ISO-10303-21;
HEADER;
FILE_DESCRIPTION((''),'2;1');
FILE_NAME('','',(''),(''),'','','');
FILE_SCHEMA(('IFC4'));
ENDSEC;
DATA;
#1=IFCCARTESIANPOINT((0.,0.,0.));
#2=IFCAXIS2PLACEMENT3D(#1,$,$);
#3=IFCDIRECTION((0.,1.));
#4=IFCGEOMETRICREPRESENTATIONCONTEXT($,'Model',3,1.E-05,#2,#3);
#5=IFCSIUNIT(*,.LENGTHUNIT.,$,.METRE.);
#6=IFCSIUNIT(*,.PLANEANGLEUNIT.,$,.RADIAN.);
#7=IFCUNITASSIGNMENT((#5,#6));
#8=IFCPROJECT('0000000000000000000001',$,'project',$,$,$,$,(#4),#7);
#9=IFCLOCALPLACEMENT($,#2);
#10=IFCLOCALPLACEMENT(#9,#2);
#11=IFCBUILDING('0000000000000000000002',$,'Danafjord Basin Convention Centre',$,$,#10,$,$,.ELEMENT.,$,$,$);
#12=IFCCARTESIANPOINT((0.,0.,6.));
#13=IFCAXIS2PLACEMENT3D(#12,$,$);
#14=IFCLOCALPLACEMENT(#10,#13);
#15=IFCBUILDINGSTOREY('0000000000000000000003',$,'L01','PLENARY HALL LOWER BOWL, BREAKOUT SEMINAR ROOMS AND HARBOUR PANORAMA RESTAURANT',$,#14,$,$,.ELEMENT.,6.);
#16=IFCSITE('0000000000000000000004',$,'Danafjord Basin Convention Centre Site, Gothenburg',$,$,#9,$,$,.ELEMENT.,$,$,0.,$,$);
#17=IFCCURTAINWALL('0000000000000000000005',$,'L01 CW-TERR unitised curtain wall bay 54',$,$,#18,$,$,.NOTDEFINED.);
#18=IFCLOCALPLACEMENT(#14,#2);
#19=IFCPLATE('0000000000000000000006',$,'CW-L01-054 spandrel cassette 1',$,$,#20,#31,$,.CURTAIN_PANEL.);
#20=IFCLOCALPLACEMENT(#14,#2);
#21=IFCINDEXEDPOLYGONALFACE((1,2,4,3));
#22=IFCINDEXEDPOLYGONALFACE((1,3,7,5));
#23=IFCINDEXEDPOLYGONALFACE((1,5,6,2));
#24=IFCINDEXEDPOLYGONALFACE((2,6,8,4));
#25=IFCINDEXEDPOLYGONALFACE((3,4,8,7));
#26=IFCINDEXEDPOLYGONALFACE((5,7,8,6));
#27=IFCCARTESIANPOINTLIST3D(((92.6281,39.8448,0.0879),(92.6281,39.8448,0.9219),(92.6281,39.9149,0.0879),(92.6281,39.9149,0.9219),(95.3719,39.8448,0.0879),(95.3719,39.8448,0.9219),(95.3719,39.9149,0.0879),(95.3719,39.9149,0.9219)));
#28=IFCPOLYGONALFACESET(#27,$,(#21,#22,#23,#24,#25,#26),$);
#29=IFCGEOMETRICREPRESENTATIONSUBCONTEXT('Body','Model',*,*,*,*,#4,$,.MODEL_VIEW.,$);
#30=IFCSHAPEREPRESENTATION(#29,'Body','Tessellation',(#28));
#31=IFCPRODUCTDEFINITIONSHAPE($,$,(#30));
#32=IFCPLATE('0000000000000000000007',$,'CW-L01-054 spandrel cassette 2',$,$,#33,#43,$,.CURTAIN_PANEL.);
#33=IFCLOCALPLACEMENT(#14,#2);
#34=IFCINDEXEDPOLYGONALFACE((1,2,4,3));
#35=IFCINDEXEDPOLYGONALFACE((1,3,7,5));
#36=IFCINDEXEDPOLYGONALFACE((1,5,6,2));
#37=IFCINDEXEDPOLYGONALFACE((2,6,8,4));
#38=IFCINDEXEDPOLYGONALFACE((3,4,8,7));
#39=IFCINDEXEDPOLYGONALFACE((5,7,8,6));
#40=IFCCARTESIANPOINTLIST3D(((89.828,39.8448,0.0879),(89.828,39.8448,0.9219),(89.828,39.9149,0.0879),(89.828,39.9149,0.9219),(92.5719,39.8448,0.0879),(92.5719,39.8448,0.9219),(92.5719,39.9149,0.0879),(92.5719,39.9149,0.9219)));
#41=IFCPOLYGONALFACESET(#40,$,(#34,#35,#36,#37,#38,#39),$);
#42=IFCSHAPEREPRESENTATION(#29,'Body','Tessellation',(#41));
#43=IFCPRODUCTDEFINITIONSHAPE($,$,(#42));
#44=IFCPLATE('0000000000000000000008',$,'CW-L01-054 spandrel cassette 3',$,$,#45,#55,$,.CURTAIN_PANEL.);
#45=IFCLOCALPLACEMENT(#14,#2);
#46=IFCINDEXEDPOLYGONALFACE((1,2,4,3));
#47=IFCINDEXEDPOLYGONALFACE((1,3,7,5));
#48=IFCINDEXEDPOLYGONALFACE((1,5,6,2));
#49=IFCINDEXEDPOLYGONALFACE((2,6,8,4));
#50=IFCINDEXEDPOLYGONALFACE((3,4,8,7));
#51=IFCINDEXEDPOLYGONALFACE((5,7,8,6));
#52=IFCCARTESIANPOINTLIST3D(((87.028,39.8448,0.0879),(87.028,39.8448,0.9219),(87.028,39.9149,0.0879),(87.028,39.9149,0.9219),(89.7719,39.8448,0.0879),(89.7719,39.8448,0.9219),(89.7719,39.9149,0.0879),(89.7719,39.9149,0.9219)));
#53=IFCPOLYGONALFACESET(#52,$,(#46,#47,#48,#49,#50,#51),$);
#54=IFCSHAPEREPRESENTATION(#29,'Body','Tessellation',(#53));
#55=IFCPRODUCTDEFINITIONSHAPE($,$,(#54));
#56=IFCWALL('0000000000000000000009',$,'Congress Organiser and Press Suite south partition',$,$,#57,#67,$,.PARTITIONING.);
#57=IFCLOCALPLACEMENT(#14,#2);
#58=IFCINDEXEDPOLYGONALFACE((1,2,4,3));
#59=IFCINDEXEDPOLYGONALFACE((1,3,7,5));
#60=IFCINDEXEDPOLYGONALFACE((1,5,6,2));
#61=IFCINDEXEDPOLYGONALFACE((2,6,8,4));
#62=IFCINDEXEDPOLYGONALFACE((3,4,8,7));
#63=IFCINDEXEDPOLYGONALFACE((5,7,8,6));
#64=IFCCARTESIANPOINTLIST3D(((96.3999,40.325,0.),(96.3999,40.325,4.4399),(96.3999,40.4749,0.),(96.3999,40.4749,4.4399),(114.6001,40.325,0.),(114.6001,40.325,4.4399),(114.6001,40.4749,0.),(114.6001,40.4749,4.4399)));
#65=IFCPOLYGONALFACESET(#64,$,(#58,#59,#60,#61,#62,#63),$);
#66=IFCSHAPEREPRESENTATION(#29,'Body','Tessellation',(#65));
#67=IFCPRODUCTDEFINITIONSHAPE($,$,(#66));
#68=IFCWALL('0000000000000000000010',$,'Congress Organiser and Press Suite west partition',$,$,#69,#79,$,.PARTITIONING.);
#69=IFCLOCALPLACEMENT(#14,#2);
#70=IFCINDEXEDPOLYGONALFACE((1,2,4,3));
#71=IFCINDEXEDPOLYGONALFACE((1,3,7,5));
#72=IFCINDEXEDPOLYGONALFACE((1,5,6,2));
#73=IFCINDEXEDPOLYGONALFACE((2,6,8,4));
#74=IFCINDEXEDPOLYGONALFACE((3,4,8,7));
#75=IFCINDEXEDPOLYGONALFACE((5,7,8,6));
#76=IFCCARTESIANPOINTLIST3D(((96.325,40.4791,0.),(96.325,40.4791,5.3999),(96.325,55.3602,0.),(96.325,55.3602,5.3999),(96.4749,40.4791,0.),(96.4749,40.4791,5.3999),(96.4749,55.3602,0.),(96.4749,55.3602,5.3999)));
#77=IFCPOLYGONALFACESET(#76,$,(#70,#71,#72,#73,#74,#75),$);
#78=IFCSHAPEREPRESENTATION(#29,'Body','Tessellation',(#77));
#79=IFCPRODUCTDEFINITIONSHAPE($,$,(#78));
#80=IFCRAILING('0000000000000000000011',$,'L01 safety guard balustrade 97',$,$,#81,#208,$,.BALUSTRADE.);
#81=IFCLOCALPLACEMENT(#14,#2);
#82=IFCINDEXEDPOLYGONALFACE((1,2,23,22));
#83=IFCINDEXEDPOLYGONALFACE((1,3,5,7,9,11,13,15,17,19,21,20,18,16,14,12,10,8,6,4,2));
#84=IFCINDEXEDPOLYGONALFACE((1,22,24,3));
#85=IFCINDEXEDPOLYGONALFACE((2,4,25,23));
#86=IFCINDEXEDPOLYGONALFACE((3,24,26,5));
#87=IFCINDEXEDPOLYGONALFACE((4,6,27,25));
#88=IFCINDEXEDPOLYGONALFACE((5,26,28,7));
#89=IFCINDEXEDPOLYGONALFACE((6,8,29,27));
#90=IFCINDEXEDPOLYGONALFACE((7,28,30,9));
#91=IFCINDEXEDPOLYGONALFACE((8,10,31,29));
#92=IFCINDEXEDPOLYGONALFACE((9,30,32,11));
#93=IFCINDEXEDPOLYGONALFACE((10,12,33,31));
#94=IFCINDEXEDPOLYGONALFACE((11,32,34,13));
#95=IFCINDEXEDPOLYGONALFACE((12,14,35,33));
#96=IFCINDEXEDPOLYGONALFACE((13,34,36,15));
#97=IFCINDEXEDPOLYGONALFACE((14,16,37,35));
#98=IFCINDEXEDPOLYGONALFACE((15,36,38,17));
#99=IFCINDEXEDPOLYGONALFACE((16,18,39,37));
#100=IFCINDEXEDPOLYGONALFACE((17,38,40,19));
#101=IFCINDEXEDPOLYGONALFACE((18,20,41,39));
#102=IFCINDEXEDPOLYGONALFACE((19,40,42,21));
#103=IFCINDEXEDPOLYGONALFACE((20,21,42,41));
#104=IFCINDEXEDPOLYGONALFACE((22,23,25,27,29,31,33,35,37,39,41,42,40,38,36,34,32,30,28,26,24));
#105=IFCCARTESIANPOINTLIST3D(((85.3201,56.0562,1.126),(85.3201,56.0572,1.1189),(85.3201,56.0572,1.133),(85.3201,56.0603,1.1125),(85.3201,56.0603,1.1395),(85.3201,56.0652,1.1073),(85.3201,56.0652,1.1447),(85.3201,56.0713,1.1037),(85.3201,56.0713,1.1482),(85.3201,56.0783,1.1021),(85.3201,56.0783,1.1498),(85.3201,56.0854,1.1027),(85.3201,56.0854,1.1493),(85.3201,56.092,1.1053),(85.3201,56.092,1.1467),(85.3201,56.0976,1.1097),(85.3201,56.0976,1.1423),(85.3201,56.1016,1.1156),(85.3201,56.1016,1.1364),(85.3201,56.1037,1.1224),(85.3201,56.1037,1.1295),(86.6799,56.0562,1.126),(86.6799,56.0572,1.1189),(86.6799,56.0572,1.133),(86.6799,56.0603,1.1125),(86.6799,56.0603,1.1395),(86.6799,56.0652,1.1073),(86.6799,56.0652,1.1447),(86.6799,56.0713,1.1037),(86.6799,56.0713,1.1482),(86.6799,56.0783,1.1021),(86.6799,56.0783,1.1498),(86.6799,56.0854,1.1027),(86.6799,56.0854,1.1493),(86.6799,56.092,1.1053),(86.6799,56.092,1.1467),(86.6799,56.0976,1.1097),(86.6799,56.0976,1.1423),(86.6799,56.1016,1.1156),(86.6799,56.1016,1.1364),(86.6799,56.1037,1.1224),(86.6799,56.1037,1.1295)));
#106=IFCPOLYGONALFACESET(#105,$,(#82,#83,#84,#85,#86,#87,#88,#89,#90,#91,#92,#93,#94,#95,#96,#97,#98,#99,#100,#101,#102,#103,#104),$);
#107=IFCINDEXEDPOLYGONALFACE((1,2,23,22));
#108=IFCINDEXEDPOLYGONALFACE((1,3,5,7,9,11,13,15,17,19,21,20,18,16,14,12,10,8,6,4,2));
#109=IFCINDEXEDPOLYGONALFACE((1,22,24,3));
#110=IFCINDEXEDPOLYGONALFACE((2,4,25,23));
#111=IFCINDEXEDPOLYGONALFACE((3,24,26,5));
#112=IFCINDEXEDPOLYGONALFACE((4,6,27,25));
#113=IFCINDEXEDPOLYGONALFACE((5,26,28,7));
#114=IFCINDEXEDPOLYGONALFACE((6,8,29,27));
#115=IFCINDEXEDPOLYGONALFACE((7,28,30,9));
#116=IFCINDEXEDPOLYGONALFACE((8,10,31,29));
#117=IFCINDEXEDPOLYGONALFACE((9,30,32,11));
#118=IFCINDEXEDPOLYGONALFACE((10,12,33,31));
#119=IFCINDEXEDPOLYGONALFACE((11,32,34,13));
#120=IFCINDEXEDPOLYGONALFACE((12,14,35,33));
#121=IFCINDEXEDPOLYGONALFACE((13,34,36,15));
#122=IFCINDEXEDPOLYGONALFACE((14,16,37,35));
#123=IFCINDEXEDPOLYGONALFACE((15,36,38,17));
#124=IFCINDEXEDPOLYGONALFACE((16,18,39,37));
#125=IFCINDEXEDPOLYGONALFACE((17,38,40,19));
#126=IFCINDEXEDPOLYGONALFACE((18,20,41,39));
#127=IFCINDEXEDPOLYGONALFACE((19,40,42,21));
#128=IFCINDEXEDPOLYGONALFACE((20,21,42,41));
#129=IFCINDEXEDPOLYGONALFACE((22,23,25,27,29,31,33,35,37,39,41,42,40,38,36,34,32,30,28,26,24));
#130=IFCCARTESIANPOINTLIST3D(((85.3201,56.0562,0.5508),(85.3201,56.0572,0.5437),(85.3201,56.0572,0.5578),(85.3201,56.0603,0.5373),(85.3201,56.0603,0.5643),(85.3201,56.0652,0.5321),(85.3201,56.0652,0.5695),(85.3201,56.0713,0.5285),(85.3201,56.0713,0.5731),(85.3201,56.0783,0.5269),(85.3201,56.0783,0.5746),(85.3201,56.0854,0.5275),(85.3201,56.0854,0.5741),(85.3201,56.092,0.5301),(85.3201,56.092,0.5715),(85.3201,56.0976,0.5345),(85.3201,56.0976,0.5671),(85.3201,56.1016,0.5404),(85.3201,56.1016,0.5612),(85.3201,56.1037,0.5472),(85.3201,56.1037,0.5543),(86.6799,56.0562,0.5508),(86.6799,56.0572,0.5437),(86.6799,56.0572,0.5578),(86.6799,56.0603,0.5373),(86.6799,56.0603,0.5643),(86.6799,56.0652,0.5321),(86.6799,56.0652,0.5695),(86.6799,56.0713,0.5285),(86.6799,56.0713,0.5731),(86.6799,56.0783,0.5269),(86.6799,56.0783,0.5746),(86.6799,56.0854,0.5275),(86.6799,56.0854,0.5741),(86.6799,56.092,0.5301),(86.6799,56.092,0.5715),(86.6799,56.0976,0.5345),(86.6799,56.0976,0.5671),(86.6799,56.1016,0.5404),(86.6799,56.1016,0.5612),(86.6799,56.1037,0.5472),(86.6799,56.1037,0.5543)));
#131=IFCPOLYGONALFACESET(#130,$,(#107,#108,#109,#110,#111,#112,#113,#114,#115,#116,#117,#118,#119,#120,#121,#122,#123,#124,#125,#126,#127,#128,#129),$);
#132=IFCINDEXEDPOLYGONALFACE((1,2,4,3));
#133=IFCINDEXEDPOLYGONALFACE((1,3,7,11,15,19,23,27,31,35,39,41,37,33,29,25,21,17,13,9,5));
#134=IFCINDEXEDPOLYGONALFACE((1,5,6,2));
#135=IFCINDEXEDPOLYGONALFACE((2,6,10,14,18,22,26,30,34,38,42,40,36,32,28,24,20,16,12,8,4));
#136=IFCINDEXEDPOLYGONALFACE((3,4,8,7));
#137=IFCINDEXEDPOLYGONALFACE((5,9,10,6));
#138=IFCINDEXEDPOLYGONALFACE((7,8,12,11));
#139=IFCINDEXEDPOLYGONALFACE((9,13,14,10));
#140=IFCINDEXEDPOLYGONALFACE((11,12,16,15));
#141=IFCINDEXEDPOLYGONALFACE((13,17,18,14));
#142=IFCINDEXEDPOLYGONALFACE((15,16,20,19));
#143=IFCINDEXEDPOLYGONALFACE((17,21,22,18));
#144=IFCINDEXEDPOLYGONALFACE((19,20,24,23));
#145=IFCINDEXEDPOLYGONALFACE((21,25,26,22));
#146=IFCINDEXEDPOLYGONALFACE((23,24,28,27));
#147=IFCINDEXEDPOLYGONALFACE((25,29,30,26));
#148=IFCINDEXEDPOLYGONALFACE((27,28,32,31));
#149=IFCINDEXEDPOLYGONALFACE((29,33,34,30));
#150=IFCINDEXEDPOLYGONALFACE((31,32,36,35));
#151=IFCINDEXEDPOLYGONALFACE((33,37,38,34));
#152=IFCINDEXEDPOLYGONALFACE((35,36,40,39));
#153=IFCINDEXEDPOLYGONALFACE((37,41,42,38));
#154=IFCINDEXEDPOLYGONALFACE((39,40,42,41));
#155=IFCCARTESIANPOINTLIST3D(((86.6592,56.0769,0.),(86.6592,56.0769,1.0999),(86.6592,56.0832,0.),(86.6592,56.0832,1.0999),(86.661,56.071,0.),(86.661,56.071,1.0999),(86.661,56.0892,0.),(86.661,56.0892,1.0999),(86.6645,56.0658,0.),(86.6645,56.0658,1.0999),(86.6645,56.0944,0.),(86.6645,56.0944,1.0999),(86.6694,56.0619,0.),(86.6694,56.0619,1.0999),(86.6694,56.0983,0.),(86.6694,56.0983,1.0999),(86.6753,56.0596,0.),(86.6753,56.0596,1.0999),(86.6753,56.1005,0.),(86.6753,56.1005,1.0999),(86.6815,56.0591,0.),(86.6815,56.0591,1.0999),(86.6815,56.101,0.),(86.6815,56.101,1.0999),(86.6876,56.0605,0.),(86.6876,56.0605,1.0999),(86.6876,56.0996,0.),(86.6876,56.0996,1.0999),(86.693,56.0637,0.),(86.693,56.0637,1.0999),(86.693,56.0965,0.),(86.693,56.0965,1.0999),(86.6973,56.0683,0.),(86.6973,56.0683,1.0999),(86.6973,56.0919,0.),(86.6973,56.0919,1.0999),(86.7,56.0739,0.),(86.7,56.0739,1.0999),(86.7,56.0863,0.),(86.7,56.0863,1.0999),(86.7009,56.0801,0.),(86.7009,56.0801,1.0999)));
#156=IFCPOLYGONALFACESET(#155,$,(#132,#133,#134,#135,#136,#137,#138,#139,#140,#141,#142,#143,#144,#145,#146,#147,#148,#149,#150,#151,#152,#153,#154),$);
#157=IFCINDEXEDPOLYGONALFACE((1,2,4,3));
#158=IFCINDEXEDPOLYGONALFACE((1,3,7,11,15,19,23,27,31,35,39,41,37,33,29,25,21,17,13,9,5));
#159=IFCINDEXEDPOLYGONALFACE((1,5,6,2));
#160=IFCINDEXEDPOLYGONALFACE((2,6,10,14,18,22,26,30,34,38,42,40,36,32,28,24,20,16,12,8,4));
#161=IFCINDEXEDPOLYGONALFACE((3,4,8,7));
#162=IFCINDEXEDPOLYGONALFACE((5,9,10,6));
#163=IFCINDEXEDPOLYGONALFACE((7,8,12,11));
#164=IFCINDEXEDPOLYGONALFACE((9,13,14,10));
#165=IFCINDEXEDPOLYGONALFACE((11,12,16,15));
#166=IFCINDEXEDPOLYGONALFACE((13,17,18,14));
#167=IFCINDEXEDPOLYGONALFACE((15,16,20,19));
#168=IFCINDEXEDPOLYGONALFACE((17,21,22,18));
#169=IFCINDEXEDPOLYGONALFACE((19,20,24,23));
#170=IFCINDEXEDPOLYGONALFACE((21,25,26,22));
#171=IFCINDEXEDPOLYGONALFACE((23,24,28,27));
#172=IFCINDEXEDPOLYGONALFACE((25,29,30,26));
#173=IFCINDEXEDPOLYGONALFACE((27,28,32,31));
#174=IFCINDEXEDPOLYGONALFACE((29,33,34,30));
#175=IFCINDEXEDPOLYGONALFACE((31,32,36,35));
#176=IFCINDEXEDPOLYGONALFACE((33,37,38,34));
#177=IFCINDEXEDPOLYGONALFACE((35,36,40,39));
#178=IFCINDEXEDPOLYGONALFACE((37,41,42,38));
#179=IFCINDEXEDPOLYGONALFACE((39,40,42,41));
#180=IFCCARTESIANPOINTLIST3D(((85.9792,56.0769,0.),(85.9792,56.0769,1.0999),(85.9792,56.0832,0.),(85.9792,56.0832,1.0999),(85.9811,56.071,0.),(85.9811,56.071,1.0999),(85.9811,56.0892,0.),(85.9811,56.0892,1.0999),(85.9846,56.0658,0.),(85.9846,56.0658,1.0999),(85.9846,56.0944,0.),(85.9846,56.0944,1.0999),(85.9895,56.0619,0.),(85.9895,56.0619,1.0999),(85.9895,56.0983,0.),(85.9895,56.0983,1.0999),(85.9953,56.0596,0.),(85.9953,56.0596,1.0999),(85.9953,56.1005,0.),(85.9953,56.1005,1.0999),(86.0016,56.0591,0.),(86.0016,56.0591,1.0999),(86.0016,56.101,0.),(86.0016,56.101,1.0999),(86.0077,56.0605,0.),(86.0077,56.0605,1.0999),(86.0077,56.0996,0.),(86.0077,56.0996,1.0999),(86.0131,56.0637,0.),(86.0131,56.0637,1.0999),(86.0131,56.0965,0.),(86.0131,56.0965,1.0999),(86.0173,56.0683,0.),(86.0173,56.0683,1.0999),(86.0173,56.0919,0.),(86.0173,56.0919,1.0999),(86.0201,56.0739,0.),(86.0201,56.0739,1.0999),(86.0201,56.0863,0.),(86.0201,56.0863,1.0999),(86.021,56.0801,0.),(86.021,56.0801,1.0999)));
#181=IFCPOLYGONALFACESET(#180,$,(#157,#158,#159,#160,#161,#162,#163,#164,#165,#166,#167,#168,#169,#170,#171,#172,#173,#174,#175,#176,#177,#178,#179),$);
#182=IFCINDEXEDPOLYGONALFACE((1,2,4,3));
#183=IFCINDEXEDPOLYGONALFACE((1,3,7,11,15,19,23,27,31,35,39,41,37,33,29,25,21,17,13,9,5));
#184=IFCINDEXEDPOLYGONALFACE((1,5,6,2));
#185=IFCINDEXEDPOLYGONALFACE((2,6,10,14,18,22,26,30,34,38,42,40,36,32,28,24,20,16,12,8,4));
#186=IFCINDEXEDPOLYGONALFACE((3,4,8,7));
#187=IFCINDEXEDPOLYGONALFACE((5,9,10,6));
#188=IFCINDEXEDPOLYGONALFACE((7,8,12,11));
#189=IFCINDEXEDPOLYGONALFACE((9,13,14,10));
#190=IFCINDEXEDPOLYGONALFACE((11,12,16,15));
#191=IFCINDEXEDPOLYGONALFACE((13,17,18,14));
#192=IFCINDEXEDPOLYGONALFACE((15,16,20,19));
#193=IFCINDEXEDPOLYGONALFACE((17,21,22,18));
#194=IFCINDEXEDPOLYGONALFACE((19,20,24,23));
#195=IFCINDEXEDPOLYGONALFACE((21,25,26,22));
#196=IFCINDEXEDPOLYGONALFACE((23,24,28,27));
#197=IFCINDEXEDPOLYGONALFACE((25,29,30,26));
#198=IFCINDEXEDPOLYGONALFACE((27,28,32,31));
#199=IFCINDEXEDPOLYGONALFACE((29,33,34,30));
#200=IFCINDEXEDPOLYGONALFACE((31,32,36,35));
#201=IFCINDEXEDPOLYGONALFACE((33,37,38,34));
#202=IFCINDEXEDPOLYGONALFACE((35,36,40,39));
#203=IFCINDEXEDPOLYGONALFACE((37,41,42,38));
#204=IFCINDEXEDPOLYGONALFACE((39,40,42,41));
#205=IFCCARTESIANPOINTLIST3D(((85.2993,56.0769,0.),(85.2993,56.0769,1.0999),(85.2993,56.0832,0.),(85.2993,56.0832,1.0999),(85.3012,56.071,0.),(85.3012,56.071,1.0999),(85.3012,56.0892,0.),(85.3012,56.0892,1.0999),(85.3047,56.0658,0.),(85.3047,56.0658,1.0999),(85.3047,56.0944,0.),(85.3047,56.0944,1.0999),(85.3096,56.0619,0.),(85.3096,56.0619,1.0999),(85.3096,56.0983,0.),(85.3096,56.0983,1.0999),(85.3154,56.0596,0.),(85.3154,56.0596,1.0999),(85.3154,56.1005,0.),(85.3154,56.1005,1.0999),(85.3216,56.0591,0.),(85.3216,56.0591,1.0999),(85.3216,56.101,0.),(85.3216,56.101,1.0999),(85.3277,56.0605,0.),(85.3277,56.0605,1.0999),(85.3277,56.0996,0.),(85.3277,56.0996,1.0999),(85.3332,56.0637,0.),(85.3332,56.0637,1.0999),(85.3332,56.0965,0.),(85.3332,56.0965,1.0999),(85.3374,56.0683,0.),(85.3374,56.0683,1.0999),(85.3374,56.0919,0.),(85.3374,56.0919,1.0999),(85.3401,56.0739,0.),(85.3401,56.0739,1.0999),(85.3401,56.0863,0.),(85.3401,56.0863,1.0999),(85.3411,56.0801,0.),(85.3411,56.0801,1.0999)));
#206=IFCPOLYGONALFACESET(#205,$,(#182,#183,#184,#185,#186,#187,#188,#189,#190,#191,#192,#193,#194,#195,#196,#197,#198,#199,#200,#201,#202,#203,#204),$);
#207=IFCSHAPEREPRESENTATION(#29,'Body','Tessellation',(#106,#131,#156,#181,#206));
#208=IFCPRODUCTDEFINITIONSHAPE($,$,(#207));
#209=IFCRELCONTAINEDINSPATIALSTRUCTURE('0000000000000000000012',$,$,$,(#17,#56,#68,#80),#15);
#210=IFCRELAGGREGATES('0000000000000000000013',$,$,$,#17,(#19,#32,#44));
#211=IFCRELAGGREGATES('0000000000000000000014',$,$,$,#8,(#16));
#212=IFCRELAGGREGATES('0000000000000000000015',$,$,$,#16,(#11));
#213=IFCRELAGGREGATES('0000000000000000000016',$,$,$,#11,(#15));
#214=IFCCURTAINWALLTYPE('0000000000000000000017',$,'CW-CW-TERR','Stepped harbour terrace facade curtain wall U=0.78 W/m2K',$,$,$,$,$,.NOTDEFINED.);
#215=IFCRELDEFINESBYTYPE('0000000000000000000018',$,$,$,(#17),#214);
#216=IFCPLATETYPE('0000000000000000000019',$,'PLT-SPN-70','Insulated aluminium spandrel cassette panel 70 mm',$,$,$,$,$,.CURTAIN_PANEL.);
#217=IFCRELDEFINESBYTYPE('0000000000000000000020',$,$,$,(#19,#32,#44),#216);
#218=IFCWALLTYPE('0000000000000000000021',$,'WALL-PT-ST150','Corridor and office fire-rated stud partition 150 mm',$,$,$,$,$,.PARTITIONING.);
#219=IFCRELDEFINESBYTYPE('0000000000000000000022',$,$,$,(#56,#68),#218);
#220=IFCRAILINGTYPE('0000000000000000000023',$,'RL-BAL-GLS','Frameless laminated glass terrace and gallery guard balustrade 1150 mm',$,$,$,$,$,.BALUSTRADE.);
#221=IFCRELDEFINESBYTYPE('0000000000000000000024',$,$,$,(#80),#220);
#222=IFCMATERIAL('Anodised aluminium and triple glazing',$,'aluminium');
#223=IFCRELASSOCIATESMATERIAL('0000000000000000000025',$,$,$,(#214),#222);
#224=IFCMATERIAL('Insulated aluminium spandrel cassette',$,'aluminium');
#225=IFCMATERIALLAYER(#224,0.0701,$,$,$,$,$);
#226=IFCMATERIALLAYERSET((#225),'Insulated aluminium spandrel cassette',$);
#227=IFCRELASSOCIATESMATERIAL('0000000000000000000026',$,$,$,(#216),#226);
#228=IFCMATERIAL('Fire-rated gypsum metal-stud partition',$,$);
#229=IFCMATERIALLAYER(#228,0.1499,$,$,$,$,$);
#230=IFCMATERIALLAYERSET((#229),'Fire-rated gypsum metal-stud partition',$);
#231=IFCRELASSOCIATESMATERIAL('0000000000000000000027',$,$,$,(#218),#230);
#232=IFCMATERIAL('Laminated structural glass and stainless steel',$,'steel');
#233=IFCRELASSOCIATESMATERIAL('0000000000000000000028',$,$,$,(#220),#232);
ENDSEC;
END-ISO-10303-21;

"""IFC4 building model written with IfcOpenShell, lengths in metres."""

from ifc_helpers import new_model, si_unit, direction, frame, frame_2d, origin, origin_2d, place, context, subcontext, project, spatial, rectangle, circle, extrude, material, layer, layer_set, type_object, element, aggregate, save


model = new_model("IFC4")

# Units and contexts
model_context = context("Model", 3, precision=1e-05, world=origin(), true_north=direction((0.0, 1.0)))
body_context = subcontext(model_context, "Body", "Model", "MODEL_VIEW")
ifc_project = project(units=[si_unit("LENGTHUNIT", "METRE"), si_unit("PLANEANGLEUNIT", "RADIAN")], contexts=[model_context])

# Site, building, storey
site_placement = place(None, origin())
site = spatial("IfcSite", under=ifc_project, at=site_placement, Name="Danafjord Basin Convention Centre Site, Gothenburg", CompositionType="ELEMENT", RefElevation=0.0)
building_placement = place(site_placement, origin())
building = spatial("IfcBuilding", under=site, at=building_placement, Name="Danafjord Basin Convention Centre", CompositionType="ELEMENT")
storey_placement = place(building_placement, frame((0.0, 0.0, 6.0)))
storey = spatial("IfcBuildingStorey", under=building, at=storey_placement, Name="L01", Description="PLENARY HALL LOWER BOWL, BREAKOUT SEMINAR ROOMS AND HARBOUR PANORAMA RESTAURANT", CompositionType="ELEMENT", Elevation=6.0)

# Curtain wall, plates
ifc_material_1 = material(Name="Anodised aluminium and triple glazing", Category="aluminium")
curtain_wall_type = type_object("IfcCurtainWallType", Name="CW-CW-TERR", Description="Stepped harbour terrace facade curtain wall U=0.78 W/m2K", PredefinedType="NOTDEFINED", material=ifc_material_1)
curtain_wall_placement = place(storey_placement, origin())
curtain_wall = element("IfcCurtainWall", 1, at=curtain_wall_placement, inside=storey, type_object=curtain_wall_type, Name="L01 CW-TERR unitised curtain wall bay 54", PredefinedType="NOTDEFINED")
ifc_material_2 = material(Name="Insulated aluminium spandrel cassette", Category="aluminium")
ifc_layer_1 = layer(ifc_material_2, 0.0701)
ifc_layer_set_1 = layer_set([ifc_layer_1], Name="Insulated aluminium spandrel cassette")
plate_type_1 = type_object("IfcPlateType", Name="PLT-SPN-70", Description="Insulated aluminium spandrel cassette panel 70 mm", PredefinedType="CURTAIN_PANEL", material=ifc_layer_set_1)
plate_1_placement = place(storey_placement, frame((94.0, 39.8799, 0.0879), z_axis=(0.0, 0.0, 1.0), x_axis=(-1.0, 0.0, 0.0)))
plate_1 = element("IfcPlate", 2, at=plate_1_placement, type_object=plate_type_1, Name="CW-L01-054 spandrel cassette 1", PredefinedType="CURTAIN_PANEL", context=body_context, shape_type="SweptSolid", body=[
    extrude(rectangle(XDim=2.7439, YDim=0.0701, at=origin_2d()), origin(), (0.0, 0.0, 1.0), 0.834),
])
plate_2_placement = place(storey_placement, frame((91.2, 39.8799, 0.0879), z_axis=(0.0, 0.0, 1.0), x_axis=(-1.0, 0.0, 0.0)))
plate_2 = element("IfcPlate", 3, at=plate_2_placement, type_object=plate_type_1, Name="CW-L01-054 spandrel cassette 2", PredefinedType="CURTAIN_PANEL", context=body_context, shape_type="SweptSolid", body=[
    extrude(rectangle(XDim=2.7439, YDim=0.0701, at=origin_2d()), origin(), (0.0, 0.0, 1.0), 0.834),
])
plate_3_placement = place(storey_placement, frame((88.3999, 39.8799, 0.0879), z_axis=(0.0, 0.0, 1.0), x_axis=(-1.0, 0.0, 0.0)))
plate_3 = element("IfcPlate", 4, at=plate_3_placement, type_object=plate_type_1, Name="CW-L01-054 spandrel cassette 3", PredefinedType="CURTAIN_PANEL", context=body_context, shape_type="SweptSolid", body=[
    extrude(rectangle(XDim=2.7439, YDim=0.0701, at=origin_2d()), origin(), (0.0, 0.0, 1.0), 0.834),
])
aggregate(curtain_wall, [plate_1, plate_2, plate_3])

# Walls
ifc_material_3 = material(Name="Fire-rated gypsum metal-stud partition")
ifc_layer_2 = layer(ifc_material_3, 0.1499)
ifc_layer_set_2 = layer_set([ifc_layer_2], Name="Fire-rated gypsum metal-stud partition")
wall_type = type_object("IfcWallType", Name="WALL-PT-ST150", Description="Corridor and office fire-rated stud partition 150 mm", PredefinedType="PARTITIONING", material=ifc_layer_set_2)
wall_1_placement = place(storey_placement, frame((96.3999, 40.3999, 0.0), z_axis=(0.0, 0.0, 1.0), x_axis=(1.0, 0.0, 0.0)))
element("IfcWall", 5, at=wall_1_placement, inside=storey, type_object=wall_type, Name="Congress Organiser and Press Suite south partition", PredefinedType="PARTITIONING", context=body_context, shape_type="SweptSolid", body=[
    extrude(rectangle(XDim=18.2002, YDim=0.1499, at=frame_2d((9.1001, 0.0))), origin(), (0.0, 0.0, 1.0), 4.4399),
])
wall_2_placement = place(storey_placement, frame((96.3999, 55.3601, 0.0), z_axis=(0.0, 0.0, 1.0), x_axis=(0.0, -1.0, 0.0)))
element("IfcWall", 6, at=wall_2_placement, inside=storey, type_object=wall_type, Name="Congress Organiser and Press Suite west partition", PredefinedType="PARTITIONING", context=body_context, shape_type="SweptSolid", body=[
    extrude(rectangle(XDim=14.8811, YDim=0.1499, at=frame_2d((7.4404, 0.0))), origin(), (0.0, 0.0, 1.0), 5.3999),
])

# Railing
ifc_material_4 = material(Name="Laminated structural glass and stainless steel", Category="steel")
railing_type = type_object("IfcRailingType", Name="RL-BAL-GLS", Description="Frameless laminated glass terrace and gallery guard balustrade 1150 mm", PredefinedType="BALUSTRADE", material=ifc_material_4)
railing_1_placement = place(storey_placement, frame((86.6799, 56.0801, 0.0)))
element("IfcRailing", 7, at=railing_1_placement, inside=storey, type_object=railing_type, Name="L01 safety guard balustrade 97", PredefinedType="BALUSTRADE", context=body_context, shape_type="SweptSolid", body=[
    extrude(circle(Radius=0.0239, at=origin_2d()), frame((0.0, 0.0, 1.126), z_axis=(-1.0, 0.0, 0.0), x_axis=(0.0, -1.0, 0.0)), (0.0, 0.0, 1.0), 1.3599),
    extrude(circle(Radius=0.0239, at=origin_2d()), frame((0.0, 0.0, 0.5508), z_axis=(-1.0, 0.0, 0.0), x_axis=(0.0, -1.0, 0.0)), (0.0, 0.0, 1.0), 1.3599),
    extrude(circle(Radius=0.021, at=origin_2d()), origin(), (0.0, 0.0, 1.0), 1.0999),
    extrude(circle(Radius=0.021, at=origin_2d()), frame((-0.6799, 0.0, 0.0)), (0.0, 0.0, 1.0), 1.0999),
    extrude(circle(Radius=0.021, at=origin_2d()), frame((-1.3599, 0.0, 0.0)), (0.0, 0.0, 1.0), 1.0999),
])

save(model, "model.ifc")
